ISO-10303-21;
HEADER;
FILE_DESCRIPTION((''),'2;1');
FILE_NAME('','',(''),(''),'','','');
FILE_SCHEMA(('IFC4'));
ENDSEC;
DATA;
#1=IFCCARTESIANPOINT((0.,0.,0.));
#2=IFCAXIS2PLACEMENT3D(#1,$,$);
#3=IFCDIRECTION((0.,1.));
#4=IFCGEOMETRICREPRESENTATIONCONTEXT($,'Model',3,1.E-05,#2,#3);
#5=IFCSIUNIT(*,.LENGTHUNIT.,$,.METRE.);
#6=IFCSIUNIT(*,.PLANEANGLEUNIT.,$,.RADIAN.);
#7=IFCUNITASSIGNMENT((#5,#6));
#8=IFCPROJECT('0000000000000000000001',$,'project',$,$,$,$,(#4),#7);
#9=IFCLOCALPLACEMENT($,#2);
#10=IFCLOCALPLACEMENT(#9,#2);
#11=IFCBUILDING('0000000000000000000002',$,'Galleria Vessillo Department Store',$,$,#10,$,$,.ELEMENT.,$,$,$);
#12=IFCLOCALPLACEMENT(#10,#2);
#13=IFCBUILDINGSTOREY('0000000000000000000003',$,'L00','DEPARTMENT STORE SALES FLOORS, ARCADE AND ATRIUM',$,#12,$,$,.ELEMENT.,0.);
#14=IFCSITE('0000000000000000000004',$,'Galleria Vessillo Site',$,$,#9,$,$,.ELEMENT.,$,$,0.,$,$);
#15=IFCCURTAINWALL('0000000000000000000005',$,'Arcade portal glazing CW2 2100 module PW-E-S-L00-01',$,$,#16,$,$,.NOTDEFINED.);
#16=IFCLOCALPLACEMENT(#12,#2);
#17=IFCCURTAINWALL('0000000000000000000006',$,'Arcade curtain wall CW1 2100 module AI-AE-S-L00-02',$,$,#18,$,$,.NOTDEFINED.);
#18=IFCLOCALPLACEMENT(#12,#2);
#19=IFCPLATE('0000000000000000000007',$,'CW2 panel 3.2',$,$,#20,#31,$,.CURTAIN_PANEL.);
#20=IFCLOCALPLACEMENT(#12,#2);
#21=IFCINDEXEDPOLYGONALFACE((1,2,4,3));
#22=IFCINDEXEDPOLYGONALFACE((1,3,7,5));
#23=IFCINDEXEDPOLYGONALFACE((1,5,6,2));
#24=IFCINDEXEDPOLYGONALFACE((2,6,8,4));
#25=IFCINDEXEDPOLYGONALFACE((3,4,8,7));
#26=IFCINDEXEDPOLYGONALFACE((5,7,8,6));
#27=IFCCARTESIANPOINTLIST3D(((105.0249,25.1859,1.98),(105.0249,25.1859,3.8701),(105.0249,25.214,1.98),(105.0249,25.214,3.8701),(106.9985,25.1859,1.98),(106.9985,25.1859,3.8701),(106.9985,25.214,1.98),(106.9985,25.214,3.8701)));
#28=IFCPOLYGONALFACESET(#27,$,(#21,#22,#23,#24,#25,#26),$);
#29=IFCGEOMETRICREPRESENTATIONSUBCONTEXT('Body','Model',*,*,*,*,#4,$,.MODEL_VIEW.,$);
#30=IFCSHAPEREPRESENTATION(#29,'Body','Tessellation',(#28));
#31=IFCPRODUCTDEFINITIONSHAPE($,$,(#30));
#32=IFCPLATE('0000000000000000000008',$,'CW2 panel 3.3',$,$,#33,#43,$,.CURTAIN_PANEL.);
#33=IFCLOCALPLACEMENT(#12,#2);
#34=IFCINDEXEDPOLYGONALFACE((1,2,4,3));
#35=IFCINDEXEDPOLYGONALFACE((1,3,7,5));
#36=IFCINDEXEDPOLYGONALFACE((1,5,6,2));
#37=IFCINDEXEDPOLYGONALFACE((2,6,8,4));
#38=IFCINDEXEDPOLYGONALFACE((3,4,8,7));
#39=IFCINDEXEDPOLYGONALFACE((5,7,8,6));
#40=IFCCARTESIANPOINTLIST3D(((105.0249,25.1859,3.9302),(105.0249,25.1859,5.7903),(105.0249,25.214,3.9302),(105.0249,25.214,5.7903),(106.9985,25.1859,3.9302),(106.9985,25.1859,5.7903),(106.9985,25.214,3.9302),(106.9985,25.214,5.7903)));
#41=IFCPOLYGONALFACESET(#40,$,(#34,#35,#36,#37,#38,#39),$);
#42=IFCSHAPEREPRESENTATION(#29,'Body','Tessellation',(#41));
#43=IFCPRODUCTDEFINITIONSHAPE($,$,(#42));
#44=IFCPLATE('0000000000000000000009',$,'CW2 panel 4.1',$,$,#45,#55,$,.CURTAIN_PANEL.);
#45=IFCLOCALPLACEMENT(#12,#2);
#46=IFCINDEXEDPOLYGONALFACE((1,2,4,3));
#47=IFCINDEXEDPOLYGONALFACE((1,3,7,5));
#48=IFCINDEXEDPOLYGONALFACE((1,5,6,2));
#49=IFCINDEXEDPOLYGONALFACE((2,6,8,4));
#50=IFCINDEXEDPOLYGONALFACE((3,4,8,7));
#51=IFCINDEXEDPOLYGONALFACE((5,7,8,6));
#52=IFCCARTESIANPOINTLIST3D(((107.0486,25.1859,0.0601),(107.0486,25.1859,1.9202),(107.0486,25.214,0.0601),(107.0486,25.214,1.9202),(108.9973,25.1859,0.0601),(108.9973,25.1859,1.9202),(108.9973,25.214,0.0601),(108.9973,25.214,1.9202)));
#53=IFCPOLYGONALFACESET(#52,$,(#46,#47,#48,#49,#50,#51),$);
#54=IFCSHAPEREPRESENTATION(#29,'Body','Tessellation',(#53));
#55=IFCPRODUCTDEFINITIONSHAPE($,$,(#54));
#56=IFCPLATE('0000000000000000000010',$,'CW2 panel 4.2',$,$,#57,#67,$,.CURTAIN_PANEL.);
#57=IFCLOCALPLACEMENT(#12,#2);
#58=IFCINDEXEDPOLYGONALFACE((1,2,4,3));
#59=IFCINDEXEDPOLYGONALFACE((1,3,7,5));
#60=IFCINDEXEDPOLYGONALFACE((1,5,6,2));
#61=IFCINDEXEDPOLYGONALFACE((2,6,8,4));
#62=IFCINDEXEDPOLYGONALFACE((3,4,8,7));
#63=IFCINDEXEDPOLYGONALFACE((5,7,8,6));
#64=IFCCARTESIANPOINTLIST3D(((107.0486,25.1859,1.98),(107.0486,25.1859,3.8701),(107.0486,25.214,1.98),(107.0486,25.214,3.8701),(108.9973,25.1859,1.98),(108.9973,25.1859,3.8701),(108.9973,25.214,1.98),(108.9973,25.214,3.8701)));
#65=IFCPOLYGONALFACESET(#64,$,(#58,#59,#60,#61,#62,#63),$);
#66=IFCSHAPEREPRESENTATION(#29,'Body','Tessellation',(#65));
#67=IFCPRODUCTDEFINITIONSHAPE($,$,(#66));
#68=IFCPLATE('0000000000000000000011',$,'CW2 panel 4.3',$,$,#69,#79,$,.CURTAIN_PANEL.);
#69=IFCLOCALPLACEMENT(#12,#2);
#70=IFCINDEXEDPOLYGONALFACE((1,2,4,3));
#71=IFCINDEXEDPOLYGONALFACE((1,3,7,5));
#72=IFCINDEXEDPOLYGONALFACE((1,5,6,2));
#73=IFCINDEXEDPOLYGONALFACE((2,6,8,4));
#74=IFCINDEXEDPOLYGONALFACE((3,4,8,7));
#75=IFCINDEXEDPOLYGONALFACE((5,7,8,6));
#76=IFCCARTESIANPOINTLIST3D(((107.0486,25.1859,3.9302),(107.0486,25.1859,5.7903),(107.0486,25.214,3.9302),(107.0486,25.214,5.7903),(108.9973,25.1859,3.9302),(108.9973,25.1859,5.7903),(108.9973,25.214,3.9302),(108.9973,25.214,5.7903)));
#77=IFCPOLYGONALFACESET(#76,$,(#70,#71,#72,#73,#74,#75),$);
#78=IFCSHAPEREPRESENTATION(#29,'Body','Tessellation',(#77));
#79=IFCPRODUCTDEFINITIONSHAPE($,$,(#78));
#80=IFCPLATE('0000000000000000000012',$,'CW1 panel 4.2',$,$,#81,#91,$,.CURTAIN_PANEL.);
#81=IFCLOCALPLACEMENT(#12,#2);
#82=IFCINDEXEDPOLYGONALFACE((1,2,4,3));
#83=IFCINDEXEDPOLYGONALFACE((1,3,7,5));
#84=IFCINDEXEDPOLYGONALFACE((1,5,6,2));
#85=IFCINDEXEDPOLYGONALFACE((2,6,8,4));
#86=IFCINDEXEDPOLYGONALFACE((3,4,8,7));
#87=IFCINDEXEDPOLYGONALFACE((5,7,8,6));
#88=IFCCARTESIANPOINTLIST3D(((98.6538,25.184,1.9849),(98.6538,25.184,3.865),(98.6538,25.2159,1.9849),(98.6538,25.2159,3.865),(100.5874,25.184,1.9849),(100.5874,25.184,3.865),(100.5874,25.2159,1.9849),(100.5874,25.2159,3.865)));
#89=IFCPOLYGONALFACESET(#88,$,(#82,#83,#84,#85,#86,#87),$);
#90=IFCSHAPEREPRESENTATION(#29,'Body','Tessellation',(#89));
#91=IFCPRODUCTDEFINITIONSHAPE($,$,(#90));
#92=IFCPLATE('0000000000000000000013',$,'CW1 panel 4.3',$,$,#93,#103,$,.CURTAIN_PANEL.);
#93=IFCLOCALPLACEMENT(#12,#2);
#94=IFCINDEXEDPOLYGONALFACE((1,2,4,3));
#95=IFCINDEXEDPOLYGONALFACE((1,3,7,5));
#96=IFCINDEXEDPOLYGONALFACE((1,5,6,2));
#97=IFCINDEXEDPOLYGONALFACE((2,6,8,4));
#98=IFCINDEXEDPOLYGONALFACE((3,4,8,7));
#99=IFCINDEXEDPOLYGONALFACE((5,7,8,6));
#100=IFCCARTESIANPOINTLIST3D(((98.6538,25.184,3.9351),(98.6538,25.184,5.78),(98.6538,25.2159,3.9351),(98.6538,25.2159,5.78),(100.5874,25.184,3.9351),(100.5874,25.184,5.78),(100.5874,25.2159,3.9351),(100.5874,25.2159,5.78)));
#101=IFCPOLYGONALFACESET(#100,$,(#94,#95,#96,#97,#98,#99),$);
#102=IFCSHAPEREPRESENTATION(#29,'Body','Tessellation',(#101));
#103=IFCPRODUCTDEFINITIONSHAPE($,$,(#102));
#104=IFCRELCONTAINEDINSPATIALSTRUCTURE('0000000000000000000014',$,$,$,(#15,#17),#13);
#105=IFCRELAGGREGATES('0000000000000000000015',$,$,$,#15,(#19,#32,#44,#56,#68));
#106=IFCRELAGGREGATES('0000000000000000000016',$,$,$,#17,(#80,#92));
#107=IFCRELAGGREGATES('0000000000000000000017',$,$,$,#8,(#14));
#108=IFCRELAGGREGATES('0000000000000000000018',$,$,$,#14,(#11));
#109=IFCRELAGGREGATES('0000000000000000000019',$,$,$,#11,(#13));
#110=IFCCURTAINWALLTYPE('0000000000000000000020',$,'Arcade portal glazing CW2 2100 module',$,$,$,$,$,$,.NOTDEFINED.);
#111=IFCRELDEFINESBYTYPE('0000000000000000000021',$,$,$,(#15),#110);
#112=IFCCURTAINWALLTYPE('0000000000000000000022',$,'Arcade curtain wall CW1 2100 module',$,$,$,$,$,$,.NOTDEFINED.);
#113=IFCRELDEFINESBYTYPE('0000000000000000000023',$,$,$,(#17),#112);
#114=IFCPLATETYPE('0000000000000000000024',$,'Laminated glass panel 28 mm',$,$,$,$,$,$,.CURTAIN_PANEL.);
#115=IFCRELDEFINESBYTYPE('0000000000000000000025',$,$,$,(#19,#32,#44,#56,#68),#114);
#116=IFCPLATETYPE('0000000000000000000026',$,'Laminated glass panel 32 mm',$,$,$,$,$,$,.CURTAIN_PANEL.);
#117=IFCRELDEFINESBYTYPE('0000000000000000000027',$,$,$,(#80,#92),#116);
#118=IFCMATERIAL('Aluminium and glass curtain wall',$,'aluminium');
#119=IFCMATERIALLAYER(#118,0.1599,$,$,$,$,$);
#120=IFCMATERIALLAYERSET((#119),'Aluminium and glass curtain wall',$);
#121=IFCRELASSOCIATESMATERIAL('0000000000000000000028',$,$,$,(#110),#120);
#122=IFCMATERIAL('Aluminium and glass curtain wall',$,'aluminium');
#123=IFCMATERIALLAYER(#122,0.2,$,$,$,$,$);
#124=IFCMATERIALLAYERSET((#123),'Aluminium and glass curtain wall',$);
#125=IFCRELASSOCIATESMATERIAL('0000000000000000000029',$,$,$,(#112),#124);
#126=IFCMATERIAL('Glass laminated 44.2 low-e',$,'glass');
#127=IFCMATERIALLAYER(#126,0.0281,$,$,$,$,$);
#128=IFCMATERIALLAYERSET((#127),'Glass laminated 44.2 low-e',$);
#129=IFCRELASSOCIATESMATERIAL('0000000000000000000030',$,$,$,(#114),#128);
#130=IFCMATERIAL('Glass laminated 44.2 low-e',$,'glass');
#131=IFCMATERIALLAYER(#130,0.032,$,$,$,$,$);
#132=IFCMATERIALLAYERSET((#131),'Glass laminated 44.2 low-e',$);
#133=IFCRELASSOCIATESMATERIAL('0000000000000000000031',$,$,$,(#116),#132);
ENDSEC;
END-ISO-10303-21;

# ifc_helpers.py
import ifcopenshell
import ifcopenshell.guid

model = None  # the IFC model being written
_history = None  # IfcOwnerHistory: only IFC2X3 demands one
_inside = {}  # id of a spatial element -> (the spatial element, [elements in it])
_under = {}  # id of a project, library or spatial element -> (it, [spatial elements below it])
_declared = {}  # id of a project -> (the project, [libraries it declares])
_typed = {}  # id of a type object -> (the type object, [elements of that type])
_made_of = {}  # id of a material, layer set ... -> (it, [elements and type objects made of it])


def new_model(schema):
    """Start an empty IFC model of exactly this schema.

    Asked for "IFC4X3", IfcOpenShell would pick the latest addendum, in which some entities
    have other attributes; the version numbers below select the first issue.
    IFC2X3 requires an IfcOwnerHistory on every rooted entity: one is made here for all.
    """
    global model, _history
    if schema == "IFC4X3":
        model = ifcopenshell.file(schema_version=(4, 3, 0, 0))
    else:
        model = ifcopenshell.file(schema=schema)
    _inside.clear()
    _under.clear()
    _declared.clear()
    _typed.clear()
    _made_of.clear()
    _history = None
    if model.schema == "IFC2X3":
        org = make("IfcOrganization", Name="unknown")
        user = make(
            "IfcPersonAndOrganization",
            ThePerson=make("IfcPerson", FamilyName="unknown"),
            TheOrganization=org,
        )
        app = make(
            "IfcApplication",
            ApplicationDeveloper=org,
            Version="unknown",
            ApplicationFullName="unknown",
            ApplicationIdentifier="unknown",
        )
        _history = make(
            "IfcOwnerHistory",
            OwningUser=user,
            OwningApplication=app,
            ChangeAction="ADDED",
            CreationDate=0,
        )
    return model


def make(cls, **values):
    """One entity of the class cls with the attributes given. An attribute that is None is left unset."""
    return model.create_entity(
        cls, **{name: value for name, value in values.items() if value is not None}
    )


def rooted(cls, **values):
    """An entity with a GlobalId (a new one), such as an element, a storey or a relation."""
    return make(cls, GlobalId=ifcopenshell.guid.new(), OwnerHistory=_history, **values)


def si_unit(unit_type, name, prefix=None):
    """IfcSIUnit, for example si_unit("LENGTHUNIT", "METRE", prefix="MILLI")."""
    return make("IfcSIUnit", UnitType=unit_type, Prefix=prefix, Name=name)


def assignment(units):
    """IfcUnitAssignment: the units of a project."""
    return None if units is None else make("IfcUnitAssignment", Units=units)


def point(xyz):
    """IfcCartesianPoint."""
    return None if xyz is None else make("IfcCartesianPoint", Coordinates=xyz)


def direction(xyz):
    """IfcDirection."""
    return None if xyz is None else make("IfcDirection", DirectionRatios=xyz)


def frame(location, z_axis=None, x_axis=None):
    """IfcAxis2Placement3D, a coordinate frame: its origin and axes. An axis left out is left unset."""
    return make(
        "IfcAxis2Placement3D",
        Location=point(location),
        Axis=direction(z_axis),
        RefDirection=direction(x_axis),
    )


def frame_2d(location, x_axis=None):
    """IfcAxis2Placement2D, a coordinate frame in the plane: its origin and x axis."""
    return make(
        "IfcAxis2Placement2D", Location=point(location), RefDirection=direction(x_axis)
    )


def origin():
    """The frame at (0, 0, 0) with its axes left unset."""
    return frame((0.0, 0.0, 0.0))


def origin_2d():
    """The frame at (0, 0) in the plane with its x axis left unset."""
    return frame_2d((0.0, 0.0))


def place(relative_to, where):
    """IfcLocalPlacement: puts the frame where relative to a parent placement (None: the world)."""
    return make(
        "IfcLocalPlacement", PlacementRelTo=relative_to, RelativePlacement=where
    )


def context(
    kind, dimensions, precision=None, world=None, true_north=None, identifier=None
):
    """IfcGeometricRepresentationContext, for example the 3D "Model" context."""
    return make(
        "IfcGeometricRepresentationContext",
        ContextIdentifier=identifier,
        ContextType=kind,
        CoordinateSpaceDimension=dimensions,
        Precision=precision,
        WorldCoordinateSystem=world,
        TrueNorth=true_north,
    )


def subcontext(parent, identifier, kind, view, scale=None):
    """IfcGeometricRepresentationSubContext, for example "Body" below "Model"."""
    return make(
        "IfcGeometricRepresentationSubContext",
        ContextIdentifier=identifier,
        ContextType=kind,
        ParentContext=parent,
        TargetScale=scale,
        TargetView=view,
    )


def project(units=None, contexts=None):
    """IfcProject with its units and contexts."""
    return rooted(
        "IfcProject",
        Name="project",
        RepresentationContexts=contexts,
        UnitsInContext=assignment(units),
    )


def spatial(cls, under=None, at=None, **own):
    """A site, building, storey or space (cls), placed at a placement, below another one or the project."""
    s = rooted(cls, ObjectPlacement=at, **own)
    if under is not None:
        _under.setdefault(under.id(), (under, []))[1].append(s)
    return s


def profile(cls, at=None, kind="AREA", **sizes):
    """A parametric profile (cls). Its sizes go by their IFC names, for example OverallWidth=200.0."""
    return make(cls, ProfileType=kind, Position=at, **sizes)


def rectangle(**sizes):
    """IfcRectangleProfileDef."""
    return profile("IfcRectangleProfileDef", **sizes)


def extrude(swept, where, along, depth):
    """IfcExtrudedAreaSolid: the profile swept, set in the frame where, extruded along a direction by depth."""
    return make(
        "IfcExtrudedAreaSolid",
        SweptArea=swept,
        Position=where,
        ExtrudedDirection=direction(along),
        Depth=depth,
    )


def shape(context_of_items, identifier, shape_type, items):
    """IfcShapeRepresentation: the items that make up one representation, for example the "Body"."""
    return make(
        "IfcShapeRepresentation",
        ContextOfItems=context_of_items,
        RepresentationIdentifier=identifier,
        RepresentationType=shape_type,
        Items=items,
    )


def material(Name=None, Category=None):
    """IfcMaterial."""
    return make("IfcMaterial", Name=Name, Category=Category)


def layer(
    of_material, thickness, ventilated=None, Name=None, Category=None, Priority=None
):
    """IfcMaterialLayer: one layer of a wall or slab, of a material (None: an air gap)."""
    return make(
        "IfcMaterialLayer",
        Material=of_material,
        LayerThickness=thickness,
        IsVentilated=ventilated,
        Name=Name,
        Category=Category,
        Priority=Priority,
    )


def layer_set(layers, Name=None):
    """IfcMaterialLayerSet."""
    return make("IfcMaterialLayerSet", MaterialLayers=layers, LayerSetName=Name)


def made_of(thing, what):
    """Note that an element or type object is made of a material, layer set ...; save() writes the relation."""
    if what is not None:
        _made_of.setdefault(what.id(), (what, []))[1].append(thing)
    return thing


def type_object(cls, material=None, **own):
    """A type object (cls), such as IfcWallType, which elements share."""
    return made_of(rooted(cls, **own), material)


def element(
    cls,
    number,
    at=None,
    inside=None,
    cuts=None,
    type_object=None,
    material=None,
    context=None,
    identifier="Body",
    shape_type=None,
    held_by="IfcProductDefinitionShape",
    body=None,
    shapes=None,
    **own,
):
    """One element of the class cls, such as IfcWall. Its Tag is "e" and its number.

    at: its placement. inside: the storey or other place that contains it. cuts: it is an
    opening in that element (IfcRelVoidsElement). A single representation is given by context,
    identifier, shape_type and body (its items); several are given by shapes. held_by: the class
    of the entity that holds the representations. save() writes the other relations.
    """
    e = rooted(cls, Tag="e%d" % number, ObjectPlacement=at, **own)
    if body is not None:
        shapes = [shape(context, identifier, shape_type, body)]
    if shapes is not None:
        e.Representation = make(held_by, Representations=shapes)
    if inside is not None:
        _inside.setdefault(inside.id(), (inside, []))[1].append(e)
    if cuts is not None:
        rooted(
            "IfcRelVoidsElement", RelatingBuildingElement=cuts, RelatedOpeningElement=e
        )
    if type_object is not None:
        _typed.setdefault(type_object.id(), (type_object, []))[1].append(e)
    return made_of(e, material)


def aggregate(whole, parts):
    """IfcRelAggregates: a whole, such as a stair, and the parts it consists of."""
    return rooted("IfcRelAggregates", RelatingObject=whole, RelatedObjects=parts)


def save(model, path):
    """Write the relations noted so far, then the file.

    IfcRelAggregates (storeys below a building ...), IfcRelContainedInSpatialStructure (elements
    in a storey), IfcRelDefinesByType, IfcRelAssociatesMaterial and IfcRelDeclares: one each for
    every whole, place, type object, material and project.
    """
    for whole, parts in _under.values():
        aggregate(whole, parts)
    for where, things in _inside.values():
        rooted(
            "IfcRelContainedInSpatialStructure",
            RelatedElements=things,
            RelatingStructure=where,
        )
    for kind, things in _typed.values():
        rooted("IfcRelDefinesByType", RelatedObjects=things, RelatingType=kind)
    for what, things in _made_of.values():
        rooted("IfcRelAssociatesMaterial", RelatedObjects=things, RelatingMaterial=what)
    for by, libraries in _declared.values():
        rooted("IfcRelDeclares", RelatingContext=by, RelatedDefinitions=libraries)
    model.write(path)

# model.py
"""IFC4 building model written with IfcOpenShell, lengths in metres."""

from ifc_helpers import new_model, si_unit, direction, frame, origin, origin_2d, place, context, subcontext, project, spatial, rectangle, extrude, material, layer, layer_set, type_object, element, aggregate, save


model = new_model("IFC4")

# Units and contexts
model_context = context("Model", 3, precision=1e-05, world=origin(), true_north=direction((0.0, 1.0)))
body_context = subcontext(model_context, "Body", "Model", "MODEL_VIEW")
ifc_project = project(units=[si_unit("LENGTHUNIT", "METRE"), si_unit("PLANEANGLEUNIT", "RADIAN")], contexts=[model_context])

# Site, building, storey
site_placement = place(None, origin())
site = spatial("IfcSite", under=ifc_project, at=site_placement, Name="Galleria Vessillo Site", CompositionType="ELEMENT", RefElevation=0.0)
building_placement = place(site_placement, origin())
building = spatial("IfcBuilding", under=site, at=building_placement, Name="Galleria Vessillo Department Store", CompositionType="ELEMENT")
storey_placement = place(building_placement, origin())
storey = spatial("IfcBuildingStorey", under=building, at=storey_placement, Name="L00", Description="DEPARTMENT STORE SALES FLOORS, ARCADE AND ATRIUM", CompositionType="ELEMENT", Elevation=0.0)

# Curtain wall
ifc_material_1 = material(Name="Aluminium and glass curtain wall", Category="aluminium")
ifc_layer_1 = layer(ifc_material_1, 0.1599)
ifc_layer_set_1 = layer_set([ifc_layer_1], Name="Aluminium and glass curtain wall")
curtain_wall_type_1 = type_object("IfcCurtainWallType", Name="Arcade portal glazing CW2 2100 module", PredefinedType="NOTDEFINED", material=ifc_layer_set_1)
curtain_wall_1_placement = place(storey_placement, origin())
curtain_wall_1 = element("IfcCurtainWall", 1, at=curtain_wall_1_placement, inside=storey, type_object=curtain_wall_type_1, Name="Arcade portal glazing CW2 2100 module PW-E-S-L00-01", PredefinedType="NOTDEFINED")

# Curtain wall
ifc_material_2 = material(Name="Aluminium and glass curtain wall", Category="aluminium")
ifc_layer_2 = layer(ifc_material_2, 0.2)
ifc_layer_set_2 = layer_set([ifc_layer_2], Name="Aluminium and glass curtain wall")
curtain_wall_type_2 = type_object("IfcCurtainWallType", Name="Arcade curtain wall CW1 2100 module", PredefinedType="NOTDEFINED", material=ifc_layer_set_2)
curtain_wall_2_placement = place(storey_placement, origin())
curtain_wall_2 = element("IfcCurtainWall", 2, at=curtain_wall_2_placement, inside=storey, type_object=curtain_wall_type_2, Name="Arcade curtain wall CW1 2100 module AI-AE-S-L00-02", PredefinedType="NOTDEFINED")

# Plates
ifc_material_3 = material(Name="Glass laminated 44.2 low-e", Category="glass")
ifc_layer_3 = layer(ifc_material_3, 0.0281)
ifc_layer_set_3 = layer_set([ifc_layer_3], Name="Glass laminated 44.2 low-e")
plate_type_1 = type_object("IfcPlateType", Name="Laminated glass panel 28 mm", PredefinedType="CURTAIN_PANEL", material=ifc_layer_set_3)
plate_1_placement = place(storey_placement, frame((106.0117, 25.2, 1.98), z_axis=(0.0, 0.0, 1.0), x_axis=(1.0, 0.0, 0.0)))
plate_1 = element("IfcPlate", 3, at=plate_1_placement, type_object=plate_type_1, Name="CW2 panel 3.2", PredefinedType="CURTAIN_PANEL", context=body_context, shape_type="SweptSolid", body=[
    extrude(rectangle(XDim=1.9736, YDim=0.0281, at=origin_2d()), origin(), (0.0, 0.0, 1.0), 1.8901),
])
plate_2_placement = place(storey_placement, frame((106.0117, 25.2, 3.9302), z_axis=(0.0, 0.0, 1.0), x_axis=(1.0, 0.0, 0.0)))
plate_2 = element("IfcPlate", 4, at=plate_2_placement, type_object=plate_type_1, Name="CW2 panel 3.3", PredefinedType="CURTAIN_PANEL", context=body_context, shape_type="SweptSolid", body=[
    extrude(rectangle(XDim=1.9736, YDim=0.0281, at=origin_2d()), origin(), (0.0, 0.0, 1.0), 1.8601),
])
plate_3_placement = place(storey_placement, frame((108.0229, 25.2, 0.0601), z_axis=(0.0, 0.0, 1.0), x_axis=(1.0, 0.0, 0.0)))
plate_3 = element("IfcPlate", 5, at=plate_3_placement, type_object=plate_type_1, Name="CW2 panel 4.1", PredefinedType="CURTAIN_PANEL", context=body_context, shape_type="SweptSolid", body=[
    extrude(rectangle(XDim=1.9487, YDim=0.0281, at=origin_2d()), origin(), (0.0, 0.0, 1.0), 1.8601),
])
plate_4_placement = place(storey_placement, frame((108.0229, 25.2, 1.98), z_axis=(0.0, 0.0, 1.0), x_axis=(1.0, 0.0, 0.0)))
plate_4 = element("IfcPlate", 6, at=plate_4_placement, type_object=plate_type_1, Name="CW2 panel 4.2", PredefinedType="CURTAIN_PANEL", context=body_context, shape_type="SweptSolid", body=[
    extrude(rectangle(XDim=1.9487, YDim=0.0281, at=origin_2d()), origin(), (0.0, 0.0, 1.0), 1.8901),
])
plate_5_placement = place(storey_placement, frame((108.0229, 25.2, 3.9302), z_axis=(0.0, 0.0, 1.0), x_axis=(1.0, 0.0, 0.0)))
plate_5 = element("IfcPlate", 7, at=plate_5_placement, type_object=plate_type_1, Name="CW2 panel 4.3", PredefinedType="CURTAIN_PANEL", context=body_context, shape_type="SweptSolid", body=[
    extrude(rectangle(XDim=1.9487, YDim=0.0281, at=origin_2d()), origin(), (0.0, 0.0, 1.0), 1.8601),
])
aggregate(curtain_wall_1, [plate_1, plate_2, plate_3, plate_4, plate_5])
ifc_material_4 = material(Name="Glass laminated 44.2 low-e", Category="glass")
ifc_layer_4 = layer(ifc_material_4, 0.032)
ifc_layer_set_4 = layer_set([ifc_layer_4], Name="Glass laminated 44.2 low-e")
plate_type_2 = type_object("IfcPlateType", Name="Laminated glass panel 32 mm", PredefinedType="CURTAIN_PANEL", material=ifc_layer_set_4)
plate_6_placement = place(storey_placement, frame((99.6206, 25.2, 1.9849), z_axis=(0.0, 0.0, 1.0), x_axis=(1.0, 0.0, 0.0)))
plate_6 = element("IfcPlate", 8, at=plate_6_placement, type_object=plate_type_2, Name="CW1 panel 4.2", PredefinedType="CURTAIN_PANEL", context=body_context, shape_type="SweptSolid", body=[
    extrude(rectangle(XDim=1.9336, YDim=0.032, at=origin_2d()), origin(), (0.0, 0.0, 1.0), 1.8801),
])
plate_7_placement = place(storey_placement, frame((99.6206, 25.2, 3.9351), z_axis=(0.0, 0.0, 1.0), x_axis=(1.0, 0.0, 0.0)))
plate_7 = element("IfcPlate", 9, at=plate_7_placement, type_object=plate_type_2, Name="CW1 panel 4.3", PredefinedType="CURTAIN_PANEL", context=body_context, shape_type="SweptSolid", body=[
    extrude(rectangle(XDim=1.9336, YDim=0.032, at=origin_2d()), origin(), (0.0, 0.0, 1.0), 1.845),
])
aggregate(curtain_wall_2, [plate_6, plate_7])

save(model, "model.ifc")
